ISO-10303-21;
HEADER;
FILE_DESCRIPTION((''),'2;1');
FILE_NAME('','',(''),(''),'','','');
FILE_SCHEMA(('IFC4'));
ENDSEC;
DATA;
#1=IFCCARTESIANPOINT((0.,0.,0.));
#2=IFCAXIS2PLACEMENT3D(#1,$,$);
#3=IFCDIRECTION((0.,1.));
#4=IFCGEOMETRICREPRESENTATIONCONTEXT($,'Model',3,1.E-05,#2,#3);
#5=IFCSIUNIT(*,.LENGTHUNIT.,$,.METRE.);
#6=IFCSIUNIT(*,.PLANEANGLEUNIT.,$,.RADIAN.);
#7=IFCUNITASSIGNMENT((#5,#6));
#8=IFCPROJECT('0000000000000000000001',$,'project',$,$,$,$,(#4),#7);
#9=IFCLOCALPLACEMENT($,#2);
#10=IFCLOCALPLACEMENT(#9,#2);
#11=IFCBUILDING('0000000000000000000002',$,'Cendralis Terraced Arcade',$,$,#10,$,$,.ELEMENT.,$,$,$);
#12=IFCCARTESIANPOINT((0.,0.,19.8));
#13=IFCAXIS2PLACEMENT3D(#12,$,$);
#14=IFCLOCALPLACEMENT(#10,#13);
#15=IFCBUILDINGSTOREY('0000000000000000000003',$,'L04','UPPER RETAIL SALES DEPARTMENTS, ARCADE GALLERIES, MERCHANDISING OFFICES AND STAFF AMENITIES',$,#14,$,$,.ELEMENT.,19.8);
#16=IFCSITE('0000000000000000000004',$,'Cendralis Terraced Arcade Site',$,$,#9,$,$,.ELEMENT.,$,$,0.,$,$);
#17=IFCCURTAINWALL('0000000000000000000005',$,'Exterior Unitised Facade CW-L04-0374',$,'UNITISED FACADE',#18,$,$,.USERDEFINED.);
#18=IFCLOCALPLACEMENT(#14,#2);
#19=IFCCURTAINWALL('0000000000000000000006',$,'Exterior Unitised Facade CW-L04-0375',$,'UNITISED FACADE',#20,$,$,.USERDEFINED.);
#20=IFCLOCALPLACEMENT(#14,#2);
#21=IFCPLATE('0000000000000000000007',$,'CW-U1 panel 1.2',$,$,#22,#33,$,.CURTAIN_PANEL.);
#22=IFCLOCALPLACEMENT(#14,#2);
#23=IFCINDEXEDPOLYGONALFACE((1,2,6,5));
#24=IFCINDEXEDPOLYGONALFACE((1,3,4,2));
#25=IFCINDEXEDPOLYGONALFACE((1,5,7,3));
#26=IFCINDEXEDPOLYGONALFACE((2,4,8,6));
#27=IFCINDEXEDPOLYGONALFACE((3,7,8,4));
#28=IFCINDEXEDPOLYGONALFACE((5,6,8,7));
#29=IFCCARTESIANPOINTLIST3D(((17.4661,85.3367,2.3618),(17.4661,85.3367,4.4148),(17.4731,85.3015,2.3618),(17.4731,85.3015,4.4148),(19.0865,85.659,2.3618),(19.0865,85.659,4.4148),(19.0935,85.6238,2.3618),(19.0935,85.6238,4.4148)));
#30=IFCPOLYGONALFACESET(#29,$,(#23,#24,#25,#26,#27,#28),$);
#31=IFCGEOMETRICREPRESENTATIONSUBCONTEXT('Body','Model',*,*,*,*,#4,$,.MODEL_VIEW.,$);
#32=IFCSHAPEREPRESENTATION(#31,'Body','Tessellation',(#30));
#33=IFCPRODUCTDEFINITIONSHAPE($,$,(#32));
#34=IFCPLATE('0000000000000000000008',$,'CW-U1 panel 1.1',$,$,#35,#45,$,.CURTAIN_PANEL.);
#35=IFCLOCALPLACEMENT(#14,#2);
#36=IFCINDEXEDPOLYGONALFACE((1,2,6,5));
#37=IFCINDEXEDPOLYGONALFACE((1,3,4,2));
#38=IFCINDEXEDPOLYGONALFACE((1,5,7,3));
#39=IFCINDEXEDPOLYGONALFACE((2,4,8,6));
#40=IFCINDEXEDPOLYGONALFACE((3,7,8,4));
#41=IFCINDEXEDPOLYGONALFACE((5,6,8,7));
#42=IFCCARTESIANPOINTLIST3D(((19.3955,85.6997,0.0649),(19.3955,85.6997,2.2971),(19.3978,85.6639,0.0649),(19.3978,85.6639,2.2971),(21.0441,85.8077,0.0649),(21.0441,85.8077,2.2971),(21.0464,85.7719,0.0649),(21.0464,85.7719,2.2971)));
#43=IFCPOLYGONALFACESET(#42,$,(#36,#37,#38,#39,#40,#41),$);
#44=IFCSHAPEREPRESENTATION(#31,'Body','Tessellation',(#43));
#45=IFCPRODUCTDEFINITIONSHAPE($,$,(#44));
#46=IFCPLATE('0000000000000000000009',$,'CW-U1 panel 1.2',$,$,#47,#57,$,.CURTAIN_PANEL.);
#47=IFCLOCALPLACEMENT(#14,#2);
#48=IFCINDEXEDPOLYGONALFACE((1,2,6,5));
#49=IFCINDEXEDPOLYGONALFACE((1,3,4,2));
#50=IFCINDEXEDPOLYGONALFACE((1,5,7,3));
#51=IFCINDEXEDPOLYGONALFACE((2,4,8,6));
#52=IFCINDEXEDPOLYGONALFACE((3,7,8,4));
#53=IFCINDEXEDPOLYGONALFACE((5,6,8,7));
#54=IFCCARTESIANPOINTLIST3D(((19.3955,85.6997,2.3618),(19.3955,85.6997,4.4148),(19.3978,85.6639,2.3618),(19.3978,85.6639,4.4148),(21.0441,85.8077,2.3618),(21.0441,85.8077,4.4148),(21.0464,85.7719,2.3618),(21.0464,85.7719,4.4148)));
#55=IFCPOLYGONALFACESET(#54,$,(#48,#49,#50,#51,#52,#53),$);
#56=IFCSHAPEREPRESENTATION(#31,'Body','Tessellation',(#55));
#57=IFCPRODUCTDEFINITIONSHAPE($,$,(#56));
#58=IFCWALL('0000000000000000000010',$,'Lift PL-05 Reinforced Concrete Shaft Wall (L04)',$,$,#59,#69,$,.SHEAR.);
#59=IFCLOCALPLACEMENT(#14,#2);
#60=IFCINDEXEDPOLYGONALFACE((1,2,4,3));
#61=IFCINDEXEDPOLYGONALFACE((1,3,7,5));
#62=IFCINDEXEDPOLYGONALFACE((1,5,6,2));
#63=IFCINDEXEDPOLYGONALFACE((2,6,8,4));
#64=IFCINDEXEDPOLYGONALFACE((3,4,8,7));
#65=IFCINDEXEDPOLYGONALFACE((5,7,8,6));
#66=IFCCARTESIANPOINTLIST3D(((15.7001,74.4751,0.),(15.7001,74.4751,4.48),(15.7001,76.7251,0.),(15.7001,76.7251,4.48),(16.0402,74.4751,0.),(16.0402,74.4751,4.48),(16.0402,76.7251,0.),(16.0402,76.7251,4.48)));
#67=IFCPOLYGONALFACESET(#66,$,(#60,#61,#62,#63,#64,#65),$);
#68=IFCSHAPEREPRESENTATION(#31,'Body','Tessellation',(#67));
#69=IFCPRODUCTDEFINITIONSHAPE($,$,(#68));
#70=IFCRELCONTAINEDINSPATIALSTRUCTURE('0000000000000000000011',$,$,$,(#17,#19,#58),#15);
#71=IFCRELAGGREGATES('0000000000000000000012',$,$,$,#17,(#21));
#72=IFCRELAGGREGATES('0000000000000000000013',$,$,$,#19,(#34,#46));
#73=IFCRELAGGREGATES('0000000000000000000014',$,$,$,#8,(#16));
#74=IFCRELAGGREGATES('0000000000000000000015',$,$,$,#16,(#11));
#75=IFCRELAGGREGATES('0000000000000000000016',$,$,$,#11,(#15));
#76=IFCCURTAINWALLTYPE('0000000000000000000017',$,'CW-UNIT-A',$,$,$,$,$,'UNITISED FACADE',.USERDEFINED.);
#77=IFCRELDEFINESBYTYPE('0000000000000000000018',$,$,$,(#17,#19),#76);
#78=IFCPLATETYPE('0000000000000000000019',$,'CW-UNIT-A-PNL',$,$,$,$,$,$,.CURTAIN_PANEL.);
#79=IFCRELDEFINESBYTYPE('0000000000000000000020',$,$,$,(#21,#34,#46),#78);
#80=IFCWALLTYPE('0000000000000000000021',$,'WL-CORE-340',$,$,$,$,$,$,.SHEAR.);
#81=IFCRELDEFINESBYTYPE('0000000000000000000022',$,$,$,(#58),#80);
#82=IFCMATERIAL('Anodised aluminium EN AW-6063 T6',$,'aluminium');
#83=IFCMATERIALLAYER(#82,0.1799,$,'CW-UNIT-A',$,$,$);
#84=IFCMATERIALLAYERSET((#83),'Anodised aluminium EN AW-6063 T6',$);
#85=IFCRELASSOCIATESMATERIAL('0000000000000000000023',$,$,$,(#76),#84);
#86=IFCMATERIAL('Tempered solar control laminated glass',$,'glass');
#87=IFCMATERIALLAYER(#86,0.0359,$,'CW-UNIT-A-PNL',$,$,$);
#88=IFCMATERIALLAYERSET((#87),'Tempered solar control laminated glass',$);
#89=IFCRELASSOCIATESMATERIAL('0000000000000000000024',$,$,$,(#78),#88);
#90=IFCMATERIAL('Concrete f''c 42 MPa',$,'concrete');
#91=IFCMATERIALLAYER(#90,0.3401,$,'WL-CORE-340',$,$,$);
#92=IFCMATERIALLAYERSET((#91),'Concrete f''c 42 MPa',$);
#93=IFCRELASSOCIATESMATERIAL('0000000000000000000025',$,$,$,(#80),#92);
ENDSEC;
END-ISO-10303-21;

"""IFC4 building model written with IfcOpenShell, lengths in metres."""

from ifc_helpers import new_model, si_unit, direction, frame, frame_2d, origin, origin_2d, place, context, subcontext, project, spatial, rectangle, extrude, material, layer, layer_set, type_object, element, aggregate, save


model = new_model("IFC4")

# Units and contexts
model_context = context("Model", 3, precision=1e-05, world=origin(), true_north=direction((0.0, 1.0)))
body_context = subcontext(model_context, "Body", "Model", "MODEL_VIEW")
ifc_project = project(units=[si_unit("LENGTHUNIT", "METRE"), si_unit("PLANEANGLEUNIT", "RADIAN")], contexts=[model_context])

# Site, building, storey
site_placement = place(None, origin())
site = spatial("IfcSite", under=ifc_project, at=site_placement, Name="Cendralis Terraced Arcade Site", CompositionType="ELEMENT", RefElevation=0.0)
building_placement = place(site_placement, origin())
building = spatial("IfcBuilding", under=site, at=building_placement, Name="Cendralis Terraced Arcade", CompositionType="ELEMENT")
storey_placement = place(building_placement, frame((0.0, 0.0, 19.8)))
storey = spatial("IfcBuildingStorey", under=building, at=storey_placement, Name="L04", Description="UPPER RETAIL SALES DEPARTMENTS, ARCADE GALLERIES, MERCHANDISING OFFICES AND STAFF AMENITIES", CompositionType="ELEMENT", Elevation=19.8)

# Shared definitions
ifc_material_1 = material(Name="Concrete f'c 42 MPa", Category="concrete")

# Shared definitions
ifc_material_2 = material(Name="Anodised aluminium EN AW-6063 T6", Category="aluminium")

# Shared definitions
ifc_layer_1 = layer(ifc_material_2, 0.1799, Name="CW-UNIT-A")
ifc_layer_set_1 = layer_set([ifc_layer_1], Name="Anodised aluminium EN AW-6063 T6")
curtain_wall_type_1 = type_object("IfcCurtainWallType", Name="CW-UNIT-A", ElementType="UNITISED FACADE", PredefinedType="USERDEFINED", material=ifc_layer_set_1)

# Curtain walls
curtain_wall_1_placement = place(storey_placement, origin())
curtain_wall_1 = element("IfcCurtainWall", 1, at=curtain_wall_1_placement, inside=storey, type_object=curtain_wall_type_1, Name="Exterior Unitised Facade CW-L04-0374", ObjectType="UNITISED FACADE", PredefinedType="USERDEFINED")
curtain_wall_2_placement = place(storey_placement, origin())
curtain_wall_2 = element("IfcCurtainWall", 2, at=curtain_wall_2_placement, inside=storey, type_object=curtain_wall_type_1, Name="Exterior Unitised Facade CW-L04-0375", ObjectType="UNITISED FACADE", PredefinedType="USERDEFINED")

# Plates
ifc_material_3 = material(Name="Tempered solar control laminated glass", Category="glass")
ifc_layer_2 = layer(ifc_material_3, 0.0359, Name="CW-UNIT-A-PNL")
ifc_layer_set_2 = layer_set([ifc_layer_2], Name="Tempered solar control laminated glass")
plate_type_1 = type_object("IfcPlateType", Name="CW-UNIT-A-PNL", PredefinedType="CURTAIN_PANEL", material=ifc_layer_set_2)
plate_1_placement = place(storey_placement, frame((18.2798, 85.4802, 2.3618), z_axis=(0.0, 0.0, 1.0), x_axis=(0.980792, 0.195058, 0.0)))
plate_1 = element("IfcPlate", 3, at=plate_1_placement, type_object=plate_type_1, Name="CW-U1 panel 1.2", PredefinedType="CURTAIN_PANEL", context=body_context, shape_type="SweptSolid", body=[
    extrude(rectangle(XDim=1.6521, YDim=0.0359, at=origin_2d()), origin(), (0.0, 0.0, 1.0), 2.053),
])
aggregate(curtain_wall_1, [plate_1])
plate_2_placement = place(storey_placement, frame((20.2209, 85.7358, 0.0649), z_axis=(0.0, 0.0, 1.0), x_axis=(0.997861, 0.065372, 0.0)))
plate_2 = element("IfcPlate", 4, at=plate_2_placement, type_object=plate_type_1, Name="CW-U1 panel 1.1", PredefinedType="CURTAIN_PANEL", context=body_context, shape_type="SweptSolid", body=[
    extrude(rectangle(XDim=1.6521, YDim=0.0359, at=origin_2d()), origin(), (0.0, 0.0, 1.0), 2.2322),
])
plate_3_placement = place(storey_placement, frame((20.2209, 85.7358, 2.3618), z_axis=(0.0, 0.0, 1.0), x_axis=(0.997861, 0.065372, 0.0)))
plate_3 = element("IfcPlate", 5, at=plate_3_placement, type_object=plate_type_1, Name="CW-U1 panel 1.2", PredefinedType="CURTAIN_PANEL", context=body_context, shape_type="SweptSolid", body=[
    extrude(rectangle(XDim=1.6521, YDim=0.0359, at=origin_2d()), origin(), (0.0, 0.0, 1.0), 2.053),
])
aggregate(curtain_wall_2, [plate_2, plate_3])

# Wall
ifc_layer_3 = layer(ifc_material_1, 0.3401, Name="WL-CORE-340")
ifc_layer_set_3 = layer_set([ifc_layer_3], Name="Concrete f'c 42 MPa")
wall_type = type_object("IfcWallType", Name="WL-CORE-340", PredefinedType="SHEAR", material=ifc_layer_set_3)
wall_placement = place(storey_placement, frame((15.8701, 74.4751, 0.0), z_axis=(0.0, 0.0, 1.0), x_axis=(0.0, 1.0, 0.0)))
element("IfcWall", 6, at=wall_placement, inside=storey, type_object=wall_type, Name="Lift PL-05 Reinforced Concrete Shaft Wall (L04)", PredefinedType="SHEAR", context=body_context, shape_type="SweptSolid", body=[
    extrude(rectangle(XDim=2.25, YDim=0.3401, at=frame_2d((1.125, 0.0))), origin(), (0.0, 0.0, 1.0), 4.48),
])

save(model, "model.ifc")
